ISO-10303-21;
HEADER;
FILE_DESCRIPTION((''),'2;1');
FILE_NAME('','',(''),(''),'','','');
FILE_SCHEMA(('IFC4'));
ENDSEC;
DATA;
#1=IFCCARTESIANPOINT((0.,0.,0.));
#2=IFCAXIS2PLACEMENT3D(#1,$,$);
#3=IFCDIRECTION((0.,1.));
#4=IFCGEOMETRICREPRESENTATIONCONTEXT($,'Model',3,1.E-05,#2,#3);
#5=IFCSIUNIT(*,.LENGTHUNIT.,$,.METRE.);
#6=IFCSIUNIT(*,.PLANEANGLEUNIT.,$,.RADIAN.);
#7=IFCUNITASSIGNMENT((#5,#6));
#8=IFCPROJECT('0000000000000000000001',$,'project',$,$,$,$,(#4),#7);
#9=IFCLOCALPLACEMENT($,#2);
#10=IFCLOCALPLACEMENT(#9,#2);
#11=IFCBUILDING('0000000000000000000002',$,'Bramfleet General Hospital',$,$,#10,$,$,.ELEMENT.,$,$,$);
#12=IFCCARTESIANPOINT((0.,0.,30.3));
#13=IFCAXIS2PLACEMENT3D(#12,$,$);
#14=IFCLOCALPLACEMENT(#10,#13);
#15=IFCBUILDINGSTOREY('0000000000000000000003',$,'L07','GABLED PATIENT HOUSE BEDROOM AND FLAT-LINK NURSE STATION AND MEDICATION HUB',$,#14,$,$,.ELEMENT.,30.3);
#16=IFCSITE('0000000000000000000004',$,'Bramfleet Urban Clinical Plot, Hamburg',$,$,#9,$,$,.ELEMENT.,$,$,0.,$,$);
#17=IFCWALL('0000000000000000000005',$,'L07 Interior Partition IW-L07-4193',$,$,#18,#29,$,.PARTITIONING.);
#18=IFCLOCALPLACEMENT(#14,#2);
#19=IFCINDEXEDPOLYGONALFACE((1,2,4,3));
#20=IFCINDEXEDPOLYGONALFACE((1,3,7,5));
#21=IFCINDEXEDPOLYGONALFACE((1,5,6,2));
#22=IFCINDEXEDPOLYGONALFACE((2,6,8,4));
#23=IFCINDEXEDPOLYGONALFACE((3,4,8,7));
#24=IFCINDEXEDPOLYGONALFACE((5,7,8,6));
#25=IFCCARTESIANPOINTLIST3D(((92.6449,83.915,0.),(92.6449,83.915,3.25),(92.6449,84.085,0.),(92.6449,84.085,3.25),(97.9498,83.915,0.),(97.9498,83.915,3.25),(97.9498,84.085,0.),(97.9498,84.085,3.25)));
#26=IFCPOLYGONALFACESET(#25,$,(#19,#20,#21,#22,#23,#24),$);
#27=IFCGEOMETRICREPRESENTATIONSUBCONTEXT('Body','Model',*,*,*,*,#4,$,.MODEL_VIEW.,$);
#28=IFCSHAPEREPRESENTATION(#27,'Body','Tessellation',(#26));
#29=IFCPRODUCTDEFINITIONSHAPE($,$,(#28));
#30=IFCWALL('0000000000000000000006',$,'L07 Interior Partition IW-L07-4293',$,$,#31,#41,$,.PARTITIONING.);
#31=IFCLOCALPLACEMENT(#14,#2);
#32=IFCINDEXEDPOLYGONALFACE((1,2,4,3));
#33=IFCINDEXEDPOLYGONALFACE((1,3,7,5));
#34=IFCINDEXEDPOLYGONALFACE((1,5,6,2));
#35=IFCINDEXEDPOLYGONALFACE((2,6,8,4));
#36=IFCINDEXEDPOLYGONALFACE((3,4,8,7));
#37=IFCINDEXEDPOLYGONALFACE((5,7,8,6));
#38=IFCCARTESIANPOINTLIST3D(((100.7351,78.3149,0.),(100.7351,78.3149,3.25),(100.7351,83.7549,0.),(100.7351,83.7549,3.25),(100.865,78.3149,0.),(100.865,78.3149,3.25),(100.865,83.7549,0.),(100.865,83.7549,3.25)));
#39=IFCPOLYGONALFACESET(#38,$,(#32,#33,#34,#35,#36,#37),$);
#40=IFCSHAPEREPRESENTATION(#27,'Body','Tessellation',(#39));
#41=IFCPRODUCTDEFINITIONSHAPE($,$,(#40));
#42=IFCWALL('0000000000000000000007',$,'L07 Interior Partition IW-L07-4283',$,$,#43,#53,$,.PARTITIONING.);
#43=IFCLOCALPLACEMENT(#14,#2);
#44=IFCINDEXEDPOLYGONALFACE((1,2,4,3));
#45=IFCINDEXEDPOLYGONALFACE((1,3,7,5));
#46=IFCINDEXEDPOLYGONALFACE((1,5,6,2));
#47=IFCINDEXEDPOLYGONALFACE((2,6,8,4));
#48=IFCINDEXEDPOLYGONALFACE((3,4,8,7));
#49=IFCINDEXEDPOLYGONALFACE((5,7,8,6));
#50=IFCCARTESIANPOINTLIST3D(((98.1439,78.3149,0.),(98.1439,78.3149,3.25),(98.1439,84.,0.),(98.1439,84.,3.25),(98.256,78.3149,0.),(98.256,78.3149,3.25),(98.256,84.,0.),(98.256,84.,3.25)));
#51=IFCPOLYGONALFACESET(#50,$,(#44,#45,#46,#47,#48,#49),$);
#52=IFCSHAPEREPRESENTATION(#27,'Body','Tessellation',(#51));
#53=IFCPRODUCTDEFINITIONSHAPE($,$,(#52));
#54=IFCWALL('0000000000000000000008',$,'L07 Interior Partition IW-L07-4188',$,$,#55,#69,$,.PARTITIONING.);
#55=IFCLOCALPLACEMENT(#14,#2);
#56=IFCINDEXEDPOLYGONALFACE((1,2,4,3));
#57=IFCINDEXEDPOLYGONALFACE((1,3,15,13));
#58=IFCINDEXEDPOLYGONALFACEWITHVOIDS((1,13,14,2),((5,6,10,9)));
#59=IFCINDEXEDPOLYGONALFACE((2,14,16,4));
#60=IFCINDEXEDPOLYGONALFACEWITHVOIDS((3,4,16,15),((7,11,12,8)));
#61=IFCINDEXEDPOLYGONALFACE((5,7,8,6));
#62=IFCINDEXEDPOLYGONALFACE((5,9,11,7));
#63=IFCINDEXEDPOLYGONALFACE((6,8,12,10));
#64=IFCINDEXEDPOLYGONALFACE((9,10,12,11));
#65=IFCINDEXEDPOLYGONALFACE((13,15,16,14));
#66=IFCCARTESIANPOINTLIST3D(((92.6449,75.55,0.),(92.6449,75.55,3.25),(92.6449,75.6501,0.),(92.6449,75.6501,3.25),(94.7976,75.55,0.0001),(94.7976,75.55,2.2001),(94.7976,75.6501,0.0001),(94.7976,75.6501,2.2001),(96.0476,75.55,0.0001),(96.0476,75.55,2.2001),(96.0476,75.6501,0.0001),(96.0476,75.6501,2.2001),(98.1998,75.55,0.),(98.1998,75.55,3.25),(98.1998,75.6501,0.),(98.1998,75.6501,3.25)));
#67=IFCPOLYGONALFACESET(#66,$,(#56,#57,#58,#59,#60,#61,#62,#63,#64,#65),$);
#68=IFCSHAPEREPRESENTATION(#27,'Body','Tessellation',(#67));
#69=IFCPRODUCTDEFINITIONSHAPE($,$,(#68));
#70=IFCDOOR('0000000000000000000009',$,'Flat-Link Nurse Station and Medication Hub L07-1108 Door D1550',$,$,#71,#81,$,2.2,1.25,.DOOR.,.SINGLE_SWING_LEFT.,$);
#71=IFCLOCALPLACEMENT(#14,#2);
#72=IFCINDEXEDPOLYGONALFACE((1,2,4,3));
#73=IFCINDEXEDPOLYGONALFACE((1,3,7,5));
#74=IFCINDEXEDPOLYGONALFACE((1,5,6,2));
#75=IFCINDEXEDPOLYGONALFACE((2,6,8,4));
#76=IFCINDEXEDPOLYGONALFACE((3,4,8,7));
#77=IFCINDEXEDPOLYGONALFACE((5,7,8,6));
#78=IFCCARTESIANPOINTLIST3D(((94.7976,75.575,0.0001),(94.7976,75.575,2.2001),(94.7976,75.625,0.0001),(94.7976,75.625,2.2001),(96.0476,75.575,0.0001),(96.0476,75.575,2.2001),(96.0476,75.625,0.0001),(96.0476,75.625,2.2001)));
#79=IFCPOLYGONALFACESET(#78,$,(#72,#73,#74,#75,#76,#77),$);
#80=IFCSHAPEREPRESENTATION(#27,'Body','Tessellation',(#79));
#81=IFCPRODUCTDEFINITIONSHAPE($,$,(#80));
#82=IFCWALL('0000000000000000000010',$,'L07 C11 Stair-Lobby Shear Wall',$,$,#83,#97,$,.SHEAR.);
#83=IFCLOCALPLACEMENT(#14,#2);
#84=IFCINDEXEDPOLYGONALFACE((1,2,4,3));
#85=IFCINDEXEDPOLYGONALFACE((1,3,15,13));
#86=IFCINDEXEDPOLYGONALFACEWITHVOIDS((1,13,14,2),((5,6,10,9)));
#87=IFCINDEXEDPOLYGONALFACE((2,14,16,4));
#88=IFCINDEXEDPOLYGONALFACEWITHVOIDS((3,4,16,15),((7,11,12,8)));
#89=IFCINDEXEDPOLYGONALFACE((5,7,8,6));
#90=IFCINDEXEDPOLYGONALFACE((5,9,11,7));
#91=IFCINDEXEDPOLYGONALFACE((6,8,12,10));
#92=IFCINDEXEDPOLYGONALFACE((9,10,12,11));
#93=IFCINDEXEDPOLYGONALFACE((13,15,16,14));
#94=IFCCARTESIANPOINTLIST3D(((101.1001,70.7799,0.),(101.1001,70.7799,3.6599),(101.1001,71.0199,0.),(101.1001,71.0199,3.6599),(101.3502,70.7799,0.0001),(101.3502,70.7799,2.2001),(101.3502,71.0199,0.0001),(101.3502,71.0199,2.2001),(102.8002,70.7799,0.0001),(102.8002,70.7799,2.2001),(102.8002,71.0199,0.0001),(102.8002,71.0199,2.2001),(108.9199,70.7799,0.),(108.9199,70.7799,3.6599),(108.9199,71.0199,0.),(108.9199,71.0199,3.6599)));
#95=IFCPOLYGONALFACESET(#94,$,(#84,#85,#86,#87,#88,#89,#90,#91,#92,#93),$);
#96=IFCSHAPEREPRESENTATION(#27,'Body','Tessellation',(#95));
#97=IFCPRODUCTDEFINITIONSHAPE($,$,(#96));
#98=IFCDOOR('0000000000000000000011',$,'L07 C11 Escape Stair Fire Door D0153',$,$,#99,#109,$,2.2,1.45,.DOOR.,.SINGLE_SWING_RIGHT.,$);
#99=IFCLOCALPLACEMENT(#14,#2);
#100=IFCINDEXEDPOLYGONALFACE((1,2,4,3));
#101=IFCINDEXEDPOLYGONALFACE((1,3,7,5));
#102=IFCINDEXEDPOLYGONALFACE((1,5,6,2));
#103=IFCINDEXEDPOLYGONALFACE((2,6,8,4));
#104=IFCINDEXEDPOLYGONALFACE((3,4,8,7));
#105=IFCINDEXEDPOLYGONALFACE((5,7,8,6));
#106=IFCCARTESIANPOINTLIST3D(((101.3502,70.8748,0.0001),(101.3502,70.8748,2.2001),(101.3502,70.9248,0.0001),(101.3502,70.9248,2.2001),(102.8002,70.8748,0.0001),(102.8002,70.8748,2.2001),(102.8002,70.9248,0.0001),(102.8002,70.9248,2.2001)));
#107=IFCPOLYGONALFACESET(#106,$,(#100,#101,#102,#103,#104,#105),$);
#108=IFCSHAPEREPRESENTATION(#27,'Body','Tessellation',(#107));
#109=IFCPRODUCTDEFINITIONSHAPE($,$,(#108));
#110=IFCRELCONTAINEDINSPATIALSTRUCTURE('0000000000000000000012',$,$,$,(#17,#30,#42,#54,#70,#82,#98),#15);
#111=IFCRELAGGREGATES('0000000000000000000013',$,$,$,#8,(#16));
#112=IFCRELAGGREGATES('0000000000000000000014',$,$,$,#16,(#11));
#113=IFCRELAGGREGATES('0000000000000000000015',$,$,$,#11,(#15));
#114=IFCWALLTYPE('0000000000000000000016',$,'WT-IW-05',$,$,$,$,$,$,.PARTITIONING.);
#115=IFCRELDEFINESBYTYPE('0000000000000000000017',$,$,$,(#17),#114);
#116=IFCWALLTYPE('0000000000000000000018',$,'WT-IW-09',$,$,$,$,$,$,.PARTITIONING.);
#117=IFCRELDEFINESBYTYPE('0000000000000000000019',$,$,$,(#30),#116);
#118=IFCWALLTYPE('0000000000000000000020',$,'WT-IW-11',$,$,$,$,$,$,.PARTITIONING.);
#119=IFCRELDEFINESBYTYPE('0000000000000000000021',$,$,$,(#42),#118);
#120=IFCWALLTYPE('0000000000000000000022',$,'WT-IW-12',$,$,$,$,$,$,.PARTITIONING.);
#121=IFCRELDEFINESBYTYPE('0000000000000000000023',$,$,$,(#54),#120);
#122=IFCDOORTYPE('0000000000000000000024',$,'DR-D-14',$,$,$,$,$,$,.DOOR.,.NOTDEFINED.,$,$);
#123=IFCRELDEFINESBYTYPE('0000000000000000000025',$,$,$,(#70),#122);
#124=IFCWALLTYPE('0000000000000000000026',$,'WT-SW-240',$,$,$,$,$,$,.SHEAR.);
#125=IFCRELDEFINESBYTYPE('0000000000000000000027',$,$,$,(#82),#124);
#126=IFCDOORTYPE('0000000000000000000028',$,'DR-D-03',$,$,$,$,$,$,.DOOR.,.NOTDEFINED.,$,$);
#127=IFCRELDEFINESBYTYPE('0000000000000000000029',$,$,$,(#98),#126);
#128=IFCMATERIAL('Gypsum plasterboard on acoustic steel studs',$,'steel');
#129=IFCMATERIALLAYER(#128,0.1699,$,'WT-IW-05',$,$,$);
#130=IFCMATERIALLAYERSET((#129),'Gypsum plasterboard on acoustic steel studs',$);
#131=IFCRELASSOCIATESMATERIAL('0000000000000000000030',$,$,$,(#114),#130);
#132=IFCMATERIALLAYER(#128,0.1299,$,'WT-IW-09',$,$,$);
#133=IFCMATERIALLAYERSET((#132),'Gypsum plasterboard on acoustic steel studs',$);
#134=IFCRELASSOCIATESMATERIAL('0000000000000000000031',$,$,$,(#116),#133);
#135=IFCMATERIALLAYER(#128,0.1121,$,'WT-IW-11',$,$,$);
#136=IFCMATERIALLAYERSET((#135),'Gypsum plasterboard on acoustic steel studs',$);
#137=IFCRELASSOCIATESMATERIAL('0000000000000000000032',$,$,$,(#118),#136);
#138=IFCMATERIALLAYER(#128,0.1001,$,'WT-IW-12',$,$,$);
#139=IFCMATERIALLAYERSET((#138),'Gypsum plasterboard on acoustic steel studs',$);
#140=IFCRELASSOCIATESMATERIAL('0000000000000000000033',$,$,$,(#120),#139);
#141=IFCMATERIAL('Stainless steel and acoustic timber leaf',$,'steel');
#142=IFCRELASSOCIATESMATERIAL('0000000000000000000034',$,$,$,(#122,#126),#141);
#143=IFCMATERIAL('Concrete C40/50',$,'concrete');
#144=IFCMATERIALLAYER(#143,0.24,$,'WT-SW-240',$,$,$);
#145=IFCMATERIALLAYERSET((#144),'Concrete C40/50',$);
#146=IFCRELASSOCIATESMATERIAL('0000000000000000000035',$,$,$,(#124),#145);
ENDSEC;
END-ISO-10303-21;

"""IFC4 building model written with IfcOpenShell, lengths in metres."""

from ifc_helpers import new_model, si_unit, direction, frame, frame_2d, origin, place, context, subcontext, project, spatial, rectangle, extrude, material, layer, layer_set, type_object, element, fill, save


model = new_model("IFC4")

# Units and contexts
model_context = context("Model", 3, precision=1e-05, world=origin(), true_north=direction((0.0, 1.0)))
body_context = subcontext(model_context, "Body", "Model", "MODEL_VIEW")
ifc_project = project(units=[si_unit("LENGTHUNIT", "METRE"), si_unit("PLANEANGLEUNIT", "RADIAN")], contexts=[model_context])

# Site, building, storey
site_placement = place(None, origin())
site = spatial("IfcSite", under=ifc_project, at=site_placement, Name="Bramfleet Urban Clinical Plot, Hamburg", CompositionType="ELEMENT", RefElevation=0.0)
building_placement = place(site_placement, origin())
building = spatial("IfcBuilding", under=site, at=building_placement, Name="Bramfleet General Hospital", CompositionType="ELEMENT")
storey_placement = place(building_placement, frame((0.0, 0.0, 30.3)))
storey = spatial("IfcBuildingStorey", under=building, at=storey_placement, Name="L07", Description="GABLED PATIENT HOUSE BEDROOM AND FLAT-LINK NURSE STATION AND MEDICATION HUB", CompositionType="ELEMENT", Elevation=30.3)

# Shared definitions
ifc_material_1 = material(Name="Concrete C40/50", Category="concrete")

# Shared definitions
ifc_material_2 = material(Name="Stainless steel and acoustic timber leaf", Category="steel")

# Walls
ifc_material_3 = material(Name="Gypsum plasterboard on acoustic steel studs", Category="steel")
ifc_layer_1 = layer(ifc_material_3, 0.1699, Name="WT-IW-05")
ifc_layer_set_1 = layer_set([ifc_layer_1], Name="Gypsum plasterboard on acoustic steel studs")
wall_type_1 = type_object("IfcWallType", Name="WT-IW-05", PredefinedType="PARTITIONING", material=ifc_layer_set_1)
wall_1_placement = place(storey_placement, frame((92.645, 84.0, 0.0), z_axis=(0.0, 0.0, 1.0), x_axis=(1.0, 0.0, 0.0)))
element("IfcWall", 1, at=wall_1_placement, inside=storey, type_object=wall_type_1, Name="L07 Interior Partition IW-L07-4193", PredefinedType="PARTITIONING", context=body_context, shape_type="SweptSolid", body=[
    extrude(rectangle(XDim=5.3049, YDim=0.1699, at=frame_2d((2.6523, 0.0))), origin(), (0.0, 0.0, 1.0), 3.25),
])
ifc_layer_2 = layer(ifc_material_3, 0.1299, Name="WT-IW-09")
ifc_layer_set_2 = layer_set([ifc_layer_2], Name="Gypsum plasterboard on acoustic steel studs")
wall_type_2 = type_object("IfcWallType", Name="WT-IW-09", PredefinedType="PARTITIONING", material=ifc_layer_set_2)
wall_2_placement = place(storey_placement, frame((100.8, 78.3149, 0.0), z_axis=(0.0, 0.0, 1.0), x_axis=(0.0, 1.0, 0.0)))
element("IfcWall", 2, at=wall_2_placement, inside=storey, type_object=wall_type_2, Name="L07 Interior Partition IW-L07-4293", PredefinedType="PARTITIONING", context=body_context, shape_type="SweptSolid", body=[
    extrude(rectangle(XDim=5.4399, YDim=0.1299, at=frame_2d((2.72, 0.0))), origin(), (0.0, 0.0, 1.0), 3.25),
])
ifc_layer_3 = layer(ifc_material_3, 0.1121, Name="WT-IW-11")
ifc_layer_set_3 = layer_set([ifc_layer_3], Name="Gypsum plasterboard on acoustic steel studs")
wall_type_3 = type_object("IfcWallType", Name="WT-IW-11", PredefinedType="PARTITIONING", material=ifc_layer_set_3)
wall_3_placement = place(storey_placement, frame((98.2, 78.3149, 0.0), z_axis=(0.0, 0.0, 1.0), x_axis=(0.0, 1.0, 0.0)))
element("IfcWall", 3, at=wall_3_placement, inside=storey, type_object=wall_type_3, Name="L07 Interior Partition IW-L07-4283", PredefinedType="PARTITIONING", context=body_context, shape_type="SweptSolid", body=[
    extrude(rectangle(XDim=5.6851, YDim=0.1121, at=frame_2d((2.8425, 0.0))), origin(), (0.0, 0.0, 1.0), 3.25),
])

# Walls, openings, doors
ifc_layer_4 = layer(ifc_material_3, 0.1001, Name="WT-IW-12")
ifc_layer_set_4 = layer_set([ifc_layer_4], Name="Gypsum plasterboard on acoustic steel studs")
wall_type_4 = type_object("IfcWallType", Name="WT-IW-12", PredefinedType="PARTITIONING", material=ifc_layer_set_4)
wall_4_placement = place(storey_placement, frame((92.645, 75.6001, 0.0), z_axis=(0.0, 0.0, 1.0), x_axis=(1.0, 0.0, 0.0)))
wall_4 = element("IfcWall", 4, at=wall_4_placement, inside=storey, type_object=wall_type_4, Name="L07 Interior Partition IW-L07-4188", PredefinedType="PARTITIONING", context=body_context, shape_type="SweptSolid", body=[
    extrude(rectangle(XDim=5.5549, YDim=0.1001, at=frame_2d((2.7773, 0.0))), origin(), (0.0, 0.0, 1.0), 3.25),
])
opening_1_placement = place(wall_4_placement, frame((2.1526, 0.0, 0.0)))
opening_1 = element("IfcOpeningElement", 5, at=opening_1_placement, cuts=wall_4, PredefinedType="OPENING", context=body_context, shape_type="SweptSolid", body=[
    extrude(rectangle(XDim=1.25, YDim=2.2, at=frame_2d((0.625, 1.1001))), frame((0.0, 0.0601, 0.0), z_axis=(0.0, -1.0, 0.0), x_axis=(1.0, 0.0, 0.0)), (0.0, 0.0, 1.0), 0.1201),
])
door_type_1 = type_object("IfcDoorType", Name="DR-D-14", OperationType="NOTDEFINED", PredefinedType="DOOR", material=ifc_material_2)
door_1_placement = place(opening_1_placement, origin())
door_1 = element("IfcDoor", 6, at=door_1_placement, inside=storey, type_object=door_type_1, Name="Flat-Link Nurse Station and Medication Hub L07-1108 Door D1550", OperationType="SINGLE_SWING_LEFT", OverallHeight=2.2, OverallWidth=1.25, PredefinedType="DOOR", context=body_context, shape_type="SweptSolid", body=[
    extrude(rectangle(XDim=1.25, YDim=2.2, at=frame_2d((0.625, 1.1001))), frame((0.0, 0.0249, 0.0), z_axis=(0.0, -1.0, 0.0), x_axis=(1.0, 0.0, 0.0)), (0.0, 0.0, 1.0), 0.05),
])
fill(opening_1, door_1)
ifc_layer_5 = layer(ifc_material_1, 0.24, Name="WT-SW-240")
ifc_layer_set_5 = layer_set([ifc_layer_5], Name="Concrete C40/50")
wall_type_5 = type_object("IfcWallType", Name="WT-SW-240", PredefinedType="SHEAR", material=ifc_layer_set_5)
wall_5_placement = place(storey_placement, frame((101.1001, 70.8999, 0.0), z_axis=(0.0, 0.0, 1.0), x_axis=(1.0, 0.0, 0.0)))
wall_5 = element("IfcWall", 7, at=wall_5_placement, inside=storey, type_object=wall_type_5, Name="L07 C11 Stair-Lobby Shear Wall", PredefinedType="SHEAR", context=body_context, shape_type="SweptSolid", body=[
    extrude(rectangle(XDim=7.8198, YDim=0.24, at=frame_2d((3.9099, 0.0))), origin(), (0.0, 0.0, 1.0), 3.6599),
])
opening_2_placement = place(wall_5_placement, frame((0.25, 0.0, 0.0)))
opening_2 = element("IfcOpeningElement", 8, at=opening_2_placement, cuts=wall_5, PredefinedType="OPENING", context=body_context, shape_type="SweptSolid", body=[
    extrude(rectangle(XDim=1.45, YDim=2.2, at=frame_2d((0.7251, 1.1001))), frame((0.0, 0.1299, 0.0), z_axis=(0.0, -1.0, 0.0), x_axis=(1.0, 0.0, 0.0)), (0.0, 0.0, 1.0), 0.26),
])
door_type_2 = type_object("IfcDoorType", Name="DR-D-03", OperationType="NOTDEFINED", PredefinedType="DOOR", material=ifc_material_2)
door_2_placement = place(opening_2_placement, origin())
door_2 = element("IfcDoor", 9, at=door_2_placement, inside=storey, type_object=door_type_2, Name="L07 C11 Escape Stair Fire Door D0153", OperationType="SINGLE_SWING_RIGHT", OverallHeight=2.2, OverallWidth=1.45, PredefinedType="DOOR", context=body_context, shape_type="SweptSolid", body=[
    extrude(rectangle(XDim=1.45, YDim=2.2, at=frame_2d((0.7251, 1.1001))), frame((0.0, 0.0249, 0.0), z_axis=(0.0, -1.0, 0.0), x_axis=(1.0, 0.0, 0.0)), (0.0, 0.0, 1.0), 0.05),
])
fill(opening_2, door_2)

save(model, "model.ifc")
